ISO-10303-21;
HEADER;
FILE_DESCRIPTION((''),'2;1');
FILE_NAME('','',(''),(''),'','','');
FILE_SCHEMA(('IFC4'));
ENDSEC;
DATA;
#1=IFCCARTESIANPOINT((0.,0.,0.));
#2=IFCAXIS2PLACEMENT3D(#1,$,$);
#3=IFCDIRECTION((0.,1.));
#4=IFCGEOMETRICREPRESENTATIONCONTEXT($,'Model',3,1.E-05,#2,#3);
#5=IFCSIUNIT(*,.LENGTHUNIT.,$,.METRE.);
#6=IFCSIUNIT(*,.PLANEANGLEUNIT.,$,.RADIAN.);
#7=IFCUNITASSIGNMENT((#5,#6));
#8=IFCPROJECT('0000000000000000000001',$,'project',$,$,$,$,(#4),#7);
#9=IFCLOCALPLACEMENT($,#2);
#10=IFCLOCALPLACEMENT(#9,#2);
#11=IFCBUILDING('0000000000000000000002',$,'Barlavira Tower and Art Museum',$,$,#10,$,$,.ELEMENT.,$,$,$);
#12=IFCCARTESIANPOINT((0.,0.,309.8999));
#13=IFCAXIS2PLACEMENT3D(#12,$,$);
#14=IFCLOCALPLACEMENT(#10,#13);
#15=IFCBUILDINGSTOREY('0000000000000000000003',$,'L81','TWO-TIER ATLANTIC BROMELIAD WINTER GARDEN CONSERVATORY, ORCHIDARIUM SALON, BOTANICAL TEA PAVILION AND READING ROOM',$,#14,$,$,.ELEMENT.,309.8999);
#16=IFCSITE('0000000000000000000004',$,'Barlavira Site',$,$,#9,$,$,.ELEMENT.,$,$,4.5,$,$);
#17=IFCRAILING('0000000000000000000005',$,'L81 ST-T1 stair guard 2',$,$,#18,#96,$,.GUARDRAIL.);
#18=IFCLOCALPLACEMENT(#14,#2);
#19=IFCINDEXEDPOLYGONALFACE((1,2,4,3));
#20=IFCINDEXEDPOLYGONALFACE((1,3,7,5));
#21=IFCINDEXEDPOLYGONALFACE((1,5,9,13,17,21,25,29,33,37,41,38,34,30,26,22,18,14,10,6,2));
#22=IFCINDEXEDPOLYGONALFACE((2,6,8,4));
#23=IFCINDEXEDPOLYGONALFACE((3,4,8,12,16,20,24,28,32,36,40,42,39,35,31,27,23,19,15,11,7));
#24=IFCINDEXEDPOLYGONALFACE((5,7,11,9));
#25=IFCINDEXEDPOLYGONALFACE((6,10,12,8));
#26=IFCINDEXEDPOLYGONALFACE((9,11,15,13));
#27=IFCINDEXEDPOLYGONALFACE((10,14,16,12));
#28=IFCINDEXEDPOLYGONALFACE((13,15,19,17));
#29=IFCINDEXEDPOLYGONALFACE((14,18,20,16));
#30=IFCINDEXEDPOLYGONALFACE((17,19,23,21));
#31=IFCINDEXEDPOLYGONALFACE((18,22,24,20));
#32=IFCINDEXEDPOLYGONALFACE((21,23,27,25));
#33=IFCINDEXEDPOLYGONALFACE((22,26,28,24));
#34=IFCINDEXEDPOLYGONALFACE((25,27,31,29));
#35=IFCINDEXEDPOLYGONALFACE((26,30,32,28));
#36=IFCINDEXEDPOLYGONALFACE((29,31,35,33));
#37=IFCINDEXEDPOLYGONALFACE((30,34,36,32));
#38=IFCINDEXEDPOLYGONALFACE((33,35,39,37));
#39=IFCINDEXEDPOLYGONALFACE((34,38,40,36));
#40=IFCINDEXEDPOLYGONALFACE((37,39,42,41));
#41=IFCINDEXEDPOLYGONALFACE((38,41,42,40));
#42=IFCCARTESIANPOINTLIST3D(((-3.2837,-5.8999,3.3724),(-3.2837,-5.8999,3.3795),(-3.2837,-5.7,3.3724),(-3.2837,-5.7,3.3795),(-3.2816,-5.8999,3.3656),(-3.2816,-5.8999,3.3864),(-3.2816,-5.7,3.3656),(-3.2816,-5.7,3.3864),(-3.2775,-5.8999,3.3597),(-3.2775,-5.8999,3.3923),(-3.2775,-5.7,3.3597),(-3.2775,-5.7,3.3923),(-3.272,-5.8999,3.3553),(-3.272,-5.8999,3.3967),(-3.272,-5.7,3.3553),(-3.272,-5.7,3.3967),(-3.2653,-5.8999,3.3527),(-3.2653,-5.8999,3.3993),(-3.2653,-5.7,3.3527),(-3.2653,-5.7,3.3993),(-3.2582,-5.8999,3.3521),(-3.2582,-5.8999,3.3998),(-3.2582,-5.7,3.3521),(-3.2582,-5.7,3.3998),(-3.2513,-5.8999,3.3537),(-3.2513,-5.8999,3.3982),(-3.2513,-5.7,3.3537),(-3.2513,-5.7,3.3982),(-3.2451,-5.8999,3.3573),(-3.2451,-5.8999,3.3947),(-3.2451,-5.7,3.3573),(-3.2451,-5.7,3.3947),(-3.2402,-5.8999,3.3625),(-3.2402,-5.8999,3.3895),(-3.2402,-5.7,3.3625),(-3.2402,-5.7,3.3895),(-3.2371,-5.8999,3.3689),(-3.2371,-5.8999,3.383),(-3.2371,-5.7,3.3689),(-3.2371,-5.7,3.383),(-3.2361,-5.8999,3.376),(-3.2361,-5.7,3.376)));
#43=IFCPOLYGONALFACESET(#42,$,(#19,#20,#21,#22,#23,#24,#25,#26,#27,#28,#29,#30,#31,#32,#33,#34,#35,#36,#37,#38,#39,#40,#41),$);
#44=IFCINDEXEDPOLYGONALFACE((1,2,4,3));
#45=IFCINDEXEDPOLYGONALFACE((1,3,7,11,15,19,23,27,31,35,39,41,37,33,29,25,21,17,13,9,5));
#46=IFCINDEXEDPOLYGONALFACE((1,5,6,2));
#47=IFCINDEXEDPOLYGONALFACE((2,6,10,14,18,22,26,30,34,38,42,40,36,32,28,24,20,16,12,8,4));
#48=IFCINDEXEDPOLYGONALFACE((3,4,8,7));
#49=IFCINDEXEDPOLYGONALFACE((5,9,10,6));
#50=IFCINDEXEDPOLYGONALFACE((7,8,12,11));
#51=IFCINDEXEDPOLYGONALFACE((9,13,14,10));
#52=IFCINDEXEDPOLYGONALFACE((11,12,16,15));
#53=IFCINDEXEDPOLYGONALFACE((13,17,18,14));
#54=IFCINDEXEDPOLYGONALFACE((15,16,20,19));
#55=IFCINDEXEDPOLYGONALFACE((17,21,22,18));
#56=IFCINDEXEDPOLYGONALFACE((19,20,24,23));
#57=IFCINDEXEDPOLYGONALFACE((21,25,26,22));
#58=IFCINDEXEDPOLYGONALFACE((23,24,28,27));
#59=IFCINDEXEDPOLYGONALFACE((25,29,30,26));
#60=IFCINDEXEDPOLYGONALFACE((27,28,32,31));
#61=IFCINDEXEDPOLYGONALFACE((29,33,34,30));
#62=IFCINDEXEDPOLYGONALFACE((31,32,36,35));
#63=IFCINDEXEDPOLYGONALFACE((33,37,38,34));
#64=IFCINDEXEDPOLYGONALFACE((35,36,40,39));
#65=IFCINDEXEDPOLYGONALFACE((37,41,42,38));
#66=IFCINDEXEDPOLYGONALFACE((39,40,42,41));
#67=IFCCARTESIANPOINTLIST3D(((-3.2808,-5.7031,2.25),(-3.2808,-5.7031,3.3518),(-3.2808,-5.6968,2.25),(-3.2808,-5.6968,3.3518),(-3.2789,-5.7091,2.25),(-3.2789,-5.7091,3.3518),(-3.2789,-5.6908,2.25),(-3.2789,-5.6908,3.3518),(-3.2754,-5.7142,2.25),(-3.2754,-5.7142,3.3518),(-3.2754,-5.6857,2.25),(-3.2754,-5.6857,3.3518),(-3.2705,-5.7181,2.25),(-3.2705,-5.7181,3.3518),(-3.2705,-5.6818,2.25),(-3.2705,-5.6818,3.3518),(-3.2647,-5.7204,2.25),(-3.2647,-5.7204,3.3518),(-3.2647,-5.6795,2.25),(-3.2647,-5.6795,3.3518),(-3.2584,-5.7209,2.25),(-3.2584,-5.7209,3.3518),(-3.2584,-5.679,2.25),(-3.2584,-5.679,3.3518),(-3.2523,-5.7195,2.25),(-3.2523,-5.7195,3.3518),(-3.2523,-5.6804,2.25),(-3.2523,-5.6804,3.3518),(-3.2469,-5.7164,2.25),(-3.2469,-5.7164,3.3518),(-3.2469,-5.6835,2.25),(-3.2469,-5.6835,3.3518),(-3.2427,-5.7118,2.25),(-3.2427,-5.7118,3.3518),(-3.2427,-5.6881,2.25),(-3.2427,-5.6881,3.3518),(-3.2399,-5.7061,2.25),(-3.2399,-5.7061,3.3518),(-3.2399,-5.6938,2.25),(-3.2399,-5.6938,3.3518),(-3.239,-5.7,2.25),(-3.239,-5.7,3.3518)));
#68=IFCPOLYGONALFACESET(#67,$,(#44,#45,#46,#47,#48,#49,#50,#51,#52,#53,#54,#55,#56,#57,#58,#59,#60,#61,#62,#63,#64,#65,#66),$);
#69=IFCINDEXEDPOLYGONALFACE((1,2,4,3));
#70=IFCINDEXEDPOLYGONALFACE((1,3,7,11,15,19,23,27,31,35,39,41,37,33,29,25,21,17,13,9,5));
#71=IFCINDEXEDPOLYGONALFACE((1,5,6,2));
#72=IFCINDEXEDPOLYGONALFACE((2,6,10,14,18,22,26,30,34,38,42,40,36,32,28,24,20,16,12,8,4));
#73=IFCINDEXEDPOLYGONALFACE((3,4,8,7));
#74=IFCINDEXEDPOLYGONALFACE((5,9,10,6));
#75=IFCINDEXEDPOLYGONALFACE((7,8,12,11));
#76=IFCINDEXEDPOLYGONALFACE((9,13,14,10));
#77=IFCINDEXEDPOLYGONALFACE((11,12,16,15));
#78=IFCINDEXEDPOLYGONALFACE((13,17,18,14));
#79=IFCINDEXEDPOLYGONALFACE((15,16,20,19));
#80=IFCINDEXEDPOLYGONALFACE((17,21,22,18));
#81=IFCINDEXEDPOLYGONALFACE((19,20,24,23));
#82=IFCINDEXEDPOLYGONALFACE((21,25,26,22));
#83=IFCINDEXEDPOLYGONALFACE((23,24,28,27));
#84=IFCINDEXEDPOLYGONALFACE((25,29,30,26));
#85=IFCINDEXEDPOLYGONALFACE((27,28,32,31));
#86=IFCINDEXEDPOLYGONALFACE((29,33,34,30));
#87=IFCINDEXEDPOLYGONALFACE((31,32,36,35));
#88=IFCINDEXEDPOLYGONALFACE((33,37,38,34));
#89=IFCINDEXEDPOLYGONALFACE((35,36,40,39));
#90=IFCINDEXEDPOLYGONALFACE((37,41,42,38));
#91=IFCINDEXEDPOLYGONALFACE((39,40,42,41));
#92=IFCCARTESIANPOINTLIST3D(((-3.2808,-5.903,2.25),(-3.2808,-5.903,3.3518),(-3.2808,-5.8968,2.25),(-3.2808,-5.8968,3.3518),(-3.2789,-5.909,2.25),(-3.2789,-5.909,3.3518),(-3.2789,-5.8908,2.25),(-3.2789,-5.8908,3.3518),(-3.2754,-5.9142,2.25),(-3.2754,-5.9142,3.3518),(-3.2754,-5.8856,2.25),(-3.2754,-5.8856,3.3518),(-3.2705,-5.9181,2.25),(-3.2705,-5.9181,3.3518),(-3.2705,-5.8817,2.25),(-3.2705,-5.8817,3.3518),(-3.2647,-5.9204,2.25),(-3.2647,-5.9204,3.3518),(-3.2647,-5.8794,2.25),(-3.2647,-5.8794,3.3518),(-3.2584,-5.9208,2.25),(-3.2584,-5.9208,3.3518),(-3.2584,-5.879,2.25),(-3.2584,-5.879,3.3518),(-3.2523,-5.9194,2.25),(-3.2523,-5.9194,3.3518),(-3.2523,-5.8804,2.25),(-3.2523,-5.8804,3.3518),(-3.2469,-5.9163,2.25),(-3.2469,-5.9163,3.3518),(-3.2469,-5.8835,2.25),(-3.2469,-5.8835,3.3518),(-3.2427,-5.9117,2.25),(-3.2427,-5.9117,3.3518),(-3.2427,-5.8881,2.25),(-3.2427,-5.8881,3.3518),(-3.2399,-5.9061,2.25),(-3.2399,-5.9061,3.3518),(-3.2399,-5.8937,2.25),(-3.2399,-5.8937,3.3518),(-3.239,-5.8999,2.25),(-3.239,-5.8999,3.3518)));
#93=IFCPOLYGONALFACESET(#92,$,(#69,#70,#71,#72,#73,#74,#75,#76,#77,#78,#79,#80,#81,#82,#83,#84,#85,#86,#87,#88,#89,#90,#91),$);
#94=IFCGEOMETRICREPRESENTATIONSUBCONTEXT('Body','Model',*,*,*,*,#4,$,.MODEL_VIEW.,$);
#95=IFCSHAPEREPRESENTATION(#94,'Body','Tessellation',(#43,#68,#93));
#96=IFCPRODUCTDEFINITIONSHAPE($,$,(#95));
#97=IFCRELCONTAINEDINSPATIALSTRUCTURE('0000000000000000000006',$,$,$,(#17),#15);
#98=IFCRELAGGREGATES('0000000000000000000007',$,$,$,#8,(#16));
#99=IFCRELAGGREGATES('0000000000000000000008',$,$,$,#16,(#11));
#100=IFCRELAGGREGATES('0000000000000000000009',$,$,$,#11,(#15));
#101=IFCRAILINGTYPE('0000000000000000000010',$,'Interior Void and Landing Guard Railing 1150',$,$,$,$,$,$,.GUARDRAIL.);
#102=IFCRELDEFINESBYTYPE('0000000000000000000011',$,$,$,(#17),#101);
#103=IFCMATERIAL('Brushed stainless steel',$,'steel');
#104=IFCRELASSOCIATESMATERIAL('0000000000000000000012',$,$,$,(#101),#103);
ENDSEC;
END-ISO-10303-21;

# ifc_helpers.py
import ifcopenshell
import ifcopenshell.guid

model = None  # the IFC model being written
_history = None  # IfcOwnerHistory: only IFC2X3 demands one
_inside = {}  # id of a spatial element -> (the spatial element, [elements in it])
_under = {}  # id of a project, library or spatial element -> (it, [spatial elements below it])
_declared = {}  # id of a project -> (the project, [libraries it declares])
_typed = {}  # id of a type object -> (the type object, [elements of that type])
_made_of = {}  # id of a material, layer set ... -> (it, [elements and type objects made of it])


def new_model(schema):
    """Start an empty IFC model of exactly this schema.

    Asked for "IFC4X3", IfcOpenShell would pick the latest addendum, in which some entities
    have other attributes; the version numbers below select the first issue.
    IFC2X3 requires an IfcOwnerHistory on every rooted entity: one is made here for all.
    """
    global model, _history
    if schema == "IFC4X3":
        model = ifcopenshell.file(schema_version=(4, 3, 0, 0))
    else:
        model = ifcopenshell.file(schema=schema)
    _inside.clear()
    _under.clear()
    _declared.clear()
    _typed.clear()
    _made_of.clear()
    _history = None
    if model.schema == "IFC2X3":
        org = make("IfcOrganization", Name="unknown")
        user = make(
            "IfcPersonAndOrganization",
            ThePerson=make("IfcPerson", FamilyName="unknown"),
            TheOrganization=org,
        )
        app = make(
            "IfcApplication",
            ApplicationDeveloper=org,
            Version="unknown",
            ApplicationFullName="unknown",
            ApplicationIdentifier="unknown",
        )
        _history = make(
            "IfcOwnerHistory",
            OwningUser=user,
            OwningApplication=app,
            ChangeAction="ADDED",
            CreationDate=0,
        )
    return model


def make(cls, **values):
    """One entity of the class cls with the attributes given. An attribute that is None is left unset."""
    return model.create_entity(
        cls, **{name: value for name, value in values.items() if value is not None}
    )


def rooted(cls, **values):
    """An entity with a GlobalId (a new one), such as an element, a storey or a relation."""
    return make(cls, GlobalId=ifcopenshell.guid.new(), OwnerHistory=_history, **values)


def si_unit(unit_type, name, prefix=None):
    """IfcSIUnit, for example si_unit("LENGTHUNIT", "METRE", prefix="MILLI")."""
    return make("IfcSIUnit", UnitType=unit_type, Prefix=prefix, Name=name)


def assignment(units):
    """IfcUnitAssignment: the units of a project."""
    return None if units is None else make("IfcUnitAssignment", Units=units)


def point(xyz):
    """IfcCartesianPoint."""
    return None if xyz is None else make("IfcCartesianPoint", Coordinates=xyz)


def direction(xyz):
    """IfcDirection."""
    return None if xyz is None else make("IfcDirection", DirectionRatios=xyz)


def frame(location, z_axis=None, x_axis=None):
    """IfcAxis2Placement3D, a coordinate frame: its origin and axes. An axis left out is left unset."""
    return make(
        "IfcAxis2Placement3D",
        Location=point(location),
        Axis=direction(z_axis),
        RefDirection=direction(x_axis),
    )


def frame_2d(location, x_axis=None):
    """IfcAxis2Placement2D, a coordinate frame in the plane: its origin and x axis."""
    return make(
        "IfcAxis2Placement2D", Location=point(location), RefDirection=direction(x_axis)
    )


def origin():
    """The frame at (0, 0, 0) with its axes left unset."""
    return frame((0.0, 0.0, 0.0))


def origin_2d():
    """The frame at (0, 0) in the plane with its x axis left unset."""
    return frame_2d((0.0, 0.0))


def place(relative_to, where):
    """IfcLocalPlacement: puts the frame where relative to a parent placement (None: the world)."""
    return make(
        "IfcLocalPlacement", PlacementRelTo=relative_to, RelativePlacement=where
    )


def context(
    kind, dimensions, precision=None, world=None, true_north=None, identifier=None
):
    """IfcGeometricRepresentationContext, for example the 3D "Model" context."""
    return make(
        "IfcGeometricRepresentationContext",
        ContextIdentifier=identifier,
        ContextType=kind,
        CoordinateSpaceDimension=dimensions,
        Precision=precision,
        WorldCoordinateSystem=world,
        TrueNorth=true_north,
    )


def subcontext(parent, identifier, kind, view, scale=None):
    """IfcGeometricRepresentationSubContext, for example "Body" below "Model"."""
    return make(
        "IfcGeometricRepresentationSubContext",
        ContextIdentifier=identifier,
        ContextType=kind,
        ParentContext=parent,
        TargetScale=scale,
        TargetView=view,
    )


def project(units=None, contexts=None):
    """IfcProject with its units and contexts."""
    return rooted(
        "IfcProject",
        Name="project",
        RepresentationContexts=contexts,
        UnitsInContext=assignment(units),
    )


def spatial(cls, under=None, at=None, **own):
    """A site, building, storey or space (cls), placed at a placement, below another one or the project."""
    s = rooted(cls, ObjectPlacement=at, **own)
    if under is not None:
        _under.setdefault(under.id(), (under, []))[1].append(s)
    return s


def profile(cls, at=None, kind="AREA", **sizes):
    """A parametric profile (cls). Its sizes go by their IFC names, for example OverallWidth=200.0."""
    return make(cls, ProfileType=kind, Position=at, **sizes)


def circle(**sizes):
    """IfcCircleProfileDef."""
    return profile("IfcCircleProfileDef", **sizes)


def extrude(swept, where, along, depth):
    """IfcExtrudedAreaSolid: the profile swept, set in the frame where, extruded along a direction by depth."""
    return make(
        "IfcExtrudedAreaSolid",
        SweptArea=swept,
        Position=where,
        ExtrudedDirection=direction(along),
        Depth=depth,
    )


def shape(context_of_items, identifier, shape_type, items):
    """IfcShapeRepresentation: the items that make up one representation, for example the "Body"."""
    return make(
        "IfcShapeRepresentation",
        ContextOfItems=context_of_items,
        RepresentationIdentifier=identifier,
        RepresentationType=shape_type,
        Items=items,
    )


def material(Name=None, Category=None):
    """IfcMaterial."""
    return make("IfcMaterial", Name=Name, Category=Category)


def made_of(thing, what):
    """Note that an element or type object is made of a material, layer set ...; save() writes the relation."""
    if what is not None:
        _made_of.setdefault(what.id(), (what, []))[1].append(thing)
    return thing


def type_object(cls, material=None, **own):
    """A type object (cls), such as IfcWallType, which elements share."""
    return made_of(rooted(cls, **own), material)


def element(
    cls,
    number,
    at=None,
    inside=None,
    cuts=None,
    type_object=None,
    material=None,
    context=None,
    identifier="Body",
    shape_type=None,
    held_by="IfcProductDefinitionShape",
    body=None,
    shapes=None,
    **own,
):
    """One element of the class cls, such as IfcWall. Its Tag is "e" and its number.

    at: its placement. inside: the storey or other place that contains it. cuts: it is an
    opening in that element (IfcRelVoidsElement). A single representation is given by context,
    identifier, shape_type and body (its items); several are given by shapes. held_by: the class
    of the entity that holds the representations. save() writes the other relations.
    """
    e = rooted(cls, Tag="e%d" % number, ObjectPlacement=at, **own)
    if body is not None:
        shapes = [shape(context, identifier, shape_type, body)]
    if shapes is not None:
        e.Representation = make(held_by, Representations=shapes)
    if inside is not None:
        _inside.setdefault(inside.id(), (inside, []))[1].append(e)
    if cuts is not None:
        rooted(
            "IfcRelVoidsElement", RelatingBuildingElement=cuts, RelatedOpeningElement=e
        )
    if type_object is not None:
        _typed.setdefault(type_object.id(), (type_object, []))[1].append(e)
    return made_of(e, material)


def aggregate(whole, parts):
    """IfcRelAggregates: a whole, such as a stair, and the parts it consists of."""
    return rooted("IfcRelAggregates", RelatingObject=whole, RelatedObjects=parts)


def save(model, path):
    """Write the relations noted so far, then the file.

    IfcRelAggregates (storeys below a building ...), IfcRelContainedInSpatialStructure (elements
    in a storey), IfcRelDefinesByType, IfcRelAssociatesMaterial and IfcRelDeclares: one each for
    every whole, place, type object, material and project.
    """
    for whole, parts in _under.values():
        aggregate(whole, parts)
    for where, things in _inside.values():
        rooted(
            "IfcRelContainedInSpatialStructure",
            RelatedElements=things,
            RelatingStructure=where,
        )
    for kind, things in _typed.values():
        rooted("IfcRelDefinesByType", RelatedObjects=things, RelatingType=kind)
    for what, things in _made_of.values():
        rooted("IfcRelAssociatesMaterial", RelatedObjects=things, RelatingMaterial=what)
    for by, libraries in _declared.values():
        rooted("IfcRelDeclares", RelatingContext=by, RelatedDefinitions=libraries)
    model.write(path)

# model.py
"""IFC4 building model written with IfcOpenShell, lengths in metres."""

from ifc_helpers import new_model, si_unit, direction, frame, origin, origin_2d, place, context, subcontext, project, spatial, circle, extrude, material, type_object, element, save


model = new_model("IFC4")

# Units and contexts
model_context = context("Model", 3, precision=1e-05, world=origin(), true_north=direction((0.0, 1.0)))
body_context = subcontext(model_context, "Body", "Model", "MODEL_VIEW")
ifc_project = project(units=[si_unit("LENGTHUNIT", "METRE"), si_unit("PLANEANGLEUNIT", "RADIAN")], contexts=[model_context])

# Site, building, storey
site_placement = place(None, origin())
site = spatial("IfcSite", under=ifc_project, at=site_placement, Name="Barlavira Site", CompositionType="ELEMENT", RefElevation=4.5)
building_placement = place(site_placement, origin())
building = spatial("IfcBuilding", under=site, at=building_placement, Name="Barlavira Tower and Art Museum", CompositionType="ELEMENT")
storey_placement = place(building_placement, frame((0.0, 0.0, 309.8999)))
storey = spatial("IfcBuildingStorey", under=building, at=storey_placement, Name="L81", Description="TWO-TIER ATLANTIC BROMELIAD WINTER GARDEN CONSERVATORY, ORCHIDARIUM SALON, BOTANICAL TEA PAVILION AND READING ROOM", CompositionType="ELEMENT", Elevation=309.8999)

# Shared definitions
ifc_material_1 = material(Name="Brushed stainless steel", Category="steel")

# Railing
railing_type_1 = type_object("IfcRailingType", Name="Interior Void and Landing Guard Railing 1150", PredefinedType="GUARDRAIL", material=ifc_material_1)
railing_1_placement = place(storey_placement, frame((-3.26, -5.7, 2.25)))
element("IfcRailing", 1, at=railing_1_placement, inside=storey, type_object=railing_type_1, Name="L81 ST-T1 stair guard 2", PredefinedType="GUARDRAIL", context=body_context, shape_type="SweptSolid", body=[
    extrude(circle(Radius=0.0239, at=origin_2d()), frame((0.0, 0.0, 1.126), z_axis=(0.0, -1.0, 0.0), x_axis=(1.0, 0.0, 0.0)), (0.0, 0.0, 1.0), 0.2),
    extrude(circle(Radius=0.021, at=origin_2d()), origin(), (0.0, 0.0, 1.0), 1.1018),
    extrude(circle(Radius=0.021, at=origin_2d()), frame((0.0, -0.2, 0.0)), (0.0, 0.0, 1.0), 1.1018),
])

save(model, "model.ifc")
